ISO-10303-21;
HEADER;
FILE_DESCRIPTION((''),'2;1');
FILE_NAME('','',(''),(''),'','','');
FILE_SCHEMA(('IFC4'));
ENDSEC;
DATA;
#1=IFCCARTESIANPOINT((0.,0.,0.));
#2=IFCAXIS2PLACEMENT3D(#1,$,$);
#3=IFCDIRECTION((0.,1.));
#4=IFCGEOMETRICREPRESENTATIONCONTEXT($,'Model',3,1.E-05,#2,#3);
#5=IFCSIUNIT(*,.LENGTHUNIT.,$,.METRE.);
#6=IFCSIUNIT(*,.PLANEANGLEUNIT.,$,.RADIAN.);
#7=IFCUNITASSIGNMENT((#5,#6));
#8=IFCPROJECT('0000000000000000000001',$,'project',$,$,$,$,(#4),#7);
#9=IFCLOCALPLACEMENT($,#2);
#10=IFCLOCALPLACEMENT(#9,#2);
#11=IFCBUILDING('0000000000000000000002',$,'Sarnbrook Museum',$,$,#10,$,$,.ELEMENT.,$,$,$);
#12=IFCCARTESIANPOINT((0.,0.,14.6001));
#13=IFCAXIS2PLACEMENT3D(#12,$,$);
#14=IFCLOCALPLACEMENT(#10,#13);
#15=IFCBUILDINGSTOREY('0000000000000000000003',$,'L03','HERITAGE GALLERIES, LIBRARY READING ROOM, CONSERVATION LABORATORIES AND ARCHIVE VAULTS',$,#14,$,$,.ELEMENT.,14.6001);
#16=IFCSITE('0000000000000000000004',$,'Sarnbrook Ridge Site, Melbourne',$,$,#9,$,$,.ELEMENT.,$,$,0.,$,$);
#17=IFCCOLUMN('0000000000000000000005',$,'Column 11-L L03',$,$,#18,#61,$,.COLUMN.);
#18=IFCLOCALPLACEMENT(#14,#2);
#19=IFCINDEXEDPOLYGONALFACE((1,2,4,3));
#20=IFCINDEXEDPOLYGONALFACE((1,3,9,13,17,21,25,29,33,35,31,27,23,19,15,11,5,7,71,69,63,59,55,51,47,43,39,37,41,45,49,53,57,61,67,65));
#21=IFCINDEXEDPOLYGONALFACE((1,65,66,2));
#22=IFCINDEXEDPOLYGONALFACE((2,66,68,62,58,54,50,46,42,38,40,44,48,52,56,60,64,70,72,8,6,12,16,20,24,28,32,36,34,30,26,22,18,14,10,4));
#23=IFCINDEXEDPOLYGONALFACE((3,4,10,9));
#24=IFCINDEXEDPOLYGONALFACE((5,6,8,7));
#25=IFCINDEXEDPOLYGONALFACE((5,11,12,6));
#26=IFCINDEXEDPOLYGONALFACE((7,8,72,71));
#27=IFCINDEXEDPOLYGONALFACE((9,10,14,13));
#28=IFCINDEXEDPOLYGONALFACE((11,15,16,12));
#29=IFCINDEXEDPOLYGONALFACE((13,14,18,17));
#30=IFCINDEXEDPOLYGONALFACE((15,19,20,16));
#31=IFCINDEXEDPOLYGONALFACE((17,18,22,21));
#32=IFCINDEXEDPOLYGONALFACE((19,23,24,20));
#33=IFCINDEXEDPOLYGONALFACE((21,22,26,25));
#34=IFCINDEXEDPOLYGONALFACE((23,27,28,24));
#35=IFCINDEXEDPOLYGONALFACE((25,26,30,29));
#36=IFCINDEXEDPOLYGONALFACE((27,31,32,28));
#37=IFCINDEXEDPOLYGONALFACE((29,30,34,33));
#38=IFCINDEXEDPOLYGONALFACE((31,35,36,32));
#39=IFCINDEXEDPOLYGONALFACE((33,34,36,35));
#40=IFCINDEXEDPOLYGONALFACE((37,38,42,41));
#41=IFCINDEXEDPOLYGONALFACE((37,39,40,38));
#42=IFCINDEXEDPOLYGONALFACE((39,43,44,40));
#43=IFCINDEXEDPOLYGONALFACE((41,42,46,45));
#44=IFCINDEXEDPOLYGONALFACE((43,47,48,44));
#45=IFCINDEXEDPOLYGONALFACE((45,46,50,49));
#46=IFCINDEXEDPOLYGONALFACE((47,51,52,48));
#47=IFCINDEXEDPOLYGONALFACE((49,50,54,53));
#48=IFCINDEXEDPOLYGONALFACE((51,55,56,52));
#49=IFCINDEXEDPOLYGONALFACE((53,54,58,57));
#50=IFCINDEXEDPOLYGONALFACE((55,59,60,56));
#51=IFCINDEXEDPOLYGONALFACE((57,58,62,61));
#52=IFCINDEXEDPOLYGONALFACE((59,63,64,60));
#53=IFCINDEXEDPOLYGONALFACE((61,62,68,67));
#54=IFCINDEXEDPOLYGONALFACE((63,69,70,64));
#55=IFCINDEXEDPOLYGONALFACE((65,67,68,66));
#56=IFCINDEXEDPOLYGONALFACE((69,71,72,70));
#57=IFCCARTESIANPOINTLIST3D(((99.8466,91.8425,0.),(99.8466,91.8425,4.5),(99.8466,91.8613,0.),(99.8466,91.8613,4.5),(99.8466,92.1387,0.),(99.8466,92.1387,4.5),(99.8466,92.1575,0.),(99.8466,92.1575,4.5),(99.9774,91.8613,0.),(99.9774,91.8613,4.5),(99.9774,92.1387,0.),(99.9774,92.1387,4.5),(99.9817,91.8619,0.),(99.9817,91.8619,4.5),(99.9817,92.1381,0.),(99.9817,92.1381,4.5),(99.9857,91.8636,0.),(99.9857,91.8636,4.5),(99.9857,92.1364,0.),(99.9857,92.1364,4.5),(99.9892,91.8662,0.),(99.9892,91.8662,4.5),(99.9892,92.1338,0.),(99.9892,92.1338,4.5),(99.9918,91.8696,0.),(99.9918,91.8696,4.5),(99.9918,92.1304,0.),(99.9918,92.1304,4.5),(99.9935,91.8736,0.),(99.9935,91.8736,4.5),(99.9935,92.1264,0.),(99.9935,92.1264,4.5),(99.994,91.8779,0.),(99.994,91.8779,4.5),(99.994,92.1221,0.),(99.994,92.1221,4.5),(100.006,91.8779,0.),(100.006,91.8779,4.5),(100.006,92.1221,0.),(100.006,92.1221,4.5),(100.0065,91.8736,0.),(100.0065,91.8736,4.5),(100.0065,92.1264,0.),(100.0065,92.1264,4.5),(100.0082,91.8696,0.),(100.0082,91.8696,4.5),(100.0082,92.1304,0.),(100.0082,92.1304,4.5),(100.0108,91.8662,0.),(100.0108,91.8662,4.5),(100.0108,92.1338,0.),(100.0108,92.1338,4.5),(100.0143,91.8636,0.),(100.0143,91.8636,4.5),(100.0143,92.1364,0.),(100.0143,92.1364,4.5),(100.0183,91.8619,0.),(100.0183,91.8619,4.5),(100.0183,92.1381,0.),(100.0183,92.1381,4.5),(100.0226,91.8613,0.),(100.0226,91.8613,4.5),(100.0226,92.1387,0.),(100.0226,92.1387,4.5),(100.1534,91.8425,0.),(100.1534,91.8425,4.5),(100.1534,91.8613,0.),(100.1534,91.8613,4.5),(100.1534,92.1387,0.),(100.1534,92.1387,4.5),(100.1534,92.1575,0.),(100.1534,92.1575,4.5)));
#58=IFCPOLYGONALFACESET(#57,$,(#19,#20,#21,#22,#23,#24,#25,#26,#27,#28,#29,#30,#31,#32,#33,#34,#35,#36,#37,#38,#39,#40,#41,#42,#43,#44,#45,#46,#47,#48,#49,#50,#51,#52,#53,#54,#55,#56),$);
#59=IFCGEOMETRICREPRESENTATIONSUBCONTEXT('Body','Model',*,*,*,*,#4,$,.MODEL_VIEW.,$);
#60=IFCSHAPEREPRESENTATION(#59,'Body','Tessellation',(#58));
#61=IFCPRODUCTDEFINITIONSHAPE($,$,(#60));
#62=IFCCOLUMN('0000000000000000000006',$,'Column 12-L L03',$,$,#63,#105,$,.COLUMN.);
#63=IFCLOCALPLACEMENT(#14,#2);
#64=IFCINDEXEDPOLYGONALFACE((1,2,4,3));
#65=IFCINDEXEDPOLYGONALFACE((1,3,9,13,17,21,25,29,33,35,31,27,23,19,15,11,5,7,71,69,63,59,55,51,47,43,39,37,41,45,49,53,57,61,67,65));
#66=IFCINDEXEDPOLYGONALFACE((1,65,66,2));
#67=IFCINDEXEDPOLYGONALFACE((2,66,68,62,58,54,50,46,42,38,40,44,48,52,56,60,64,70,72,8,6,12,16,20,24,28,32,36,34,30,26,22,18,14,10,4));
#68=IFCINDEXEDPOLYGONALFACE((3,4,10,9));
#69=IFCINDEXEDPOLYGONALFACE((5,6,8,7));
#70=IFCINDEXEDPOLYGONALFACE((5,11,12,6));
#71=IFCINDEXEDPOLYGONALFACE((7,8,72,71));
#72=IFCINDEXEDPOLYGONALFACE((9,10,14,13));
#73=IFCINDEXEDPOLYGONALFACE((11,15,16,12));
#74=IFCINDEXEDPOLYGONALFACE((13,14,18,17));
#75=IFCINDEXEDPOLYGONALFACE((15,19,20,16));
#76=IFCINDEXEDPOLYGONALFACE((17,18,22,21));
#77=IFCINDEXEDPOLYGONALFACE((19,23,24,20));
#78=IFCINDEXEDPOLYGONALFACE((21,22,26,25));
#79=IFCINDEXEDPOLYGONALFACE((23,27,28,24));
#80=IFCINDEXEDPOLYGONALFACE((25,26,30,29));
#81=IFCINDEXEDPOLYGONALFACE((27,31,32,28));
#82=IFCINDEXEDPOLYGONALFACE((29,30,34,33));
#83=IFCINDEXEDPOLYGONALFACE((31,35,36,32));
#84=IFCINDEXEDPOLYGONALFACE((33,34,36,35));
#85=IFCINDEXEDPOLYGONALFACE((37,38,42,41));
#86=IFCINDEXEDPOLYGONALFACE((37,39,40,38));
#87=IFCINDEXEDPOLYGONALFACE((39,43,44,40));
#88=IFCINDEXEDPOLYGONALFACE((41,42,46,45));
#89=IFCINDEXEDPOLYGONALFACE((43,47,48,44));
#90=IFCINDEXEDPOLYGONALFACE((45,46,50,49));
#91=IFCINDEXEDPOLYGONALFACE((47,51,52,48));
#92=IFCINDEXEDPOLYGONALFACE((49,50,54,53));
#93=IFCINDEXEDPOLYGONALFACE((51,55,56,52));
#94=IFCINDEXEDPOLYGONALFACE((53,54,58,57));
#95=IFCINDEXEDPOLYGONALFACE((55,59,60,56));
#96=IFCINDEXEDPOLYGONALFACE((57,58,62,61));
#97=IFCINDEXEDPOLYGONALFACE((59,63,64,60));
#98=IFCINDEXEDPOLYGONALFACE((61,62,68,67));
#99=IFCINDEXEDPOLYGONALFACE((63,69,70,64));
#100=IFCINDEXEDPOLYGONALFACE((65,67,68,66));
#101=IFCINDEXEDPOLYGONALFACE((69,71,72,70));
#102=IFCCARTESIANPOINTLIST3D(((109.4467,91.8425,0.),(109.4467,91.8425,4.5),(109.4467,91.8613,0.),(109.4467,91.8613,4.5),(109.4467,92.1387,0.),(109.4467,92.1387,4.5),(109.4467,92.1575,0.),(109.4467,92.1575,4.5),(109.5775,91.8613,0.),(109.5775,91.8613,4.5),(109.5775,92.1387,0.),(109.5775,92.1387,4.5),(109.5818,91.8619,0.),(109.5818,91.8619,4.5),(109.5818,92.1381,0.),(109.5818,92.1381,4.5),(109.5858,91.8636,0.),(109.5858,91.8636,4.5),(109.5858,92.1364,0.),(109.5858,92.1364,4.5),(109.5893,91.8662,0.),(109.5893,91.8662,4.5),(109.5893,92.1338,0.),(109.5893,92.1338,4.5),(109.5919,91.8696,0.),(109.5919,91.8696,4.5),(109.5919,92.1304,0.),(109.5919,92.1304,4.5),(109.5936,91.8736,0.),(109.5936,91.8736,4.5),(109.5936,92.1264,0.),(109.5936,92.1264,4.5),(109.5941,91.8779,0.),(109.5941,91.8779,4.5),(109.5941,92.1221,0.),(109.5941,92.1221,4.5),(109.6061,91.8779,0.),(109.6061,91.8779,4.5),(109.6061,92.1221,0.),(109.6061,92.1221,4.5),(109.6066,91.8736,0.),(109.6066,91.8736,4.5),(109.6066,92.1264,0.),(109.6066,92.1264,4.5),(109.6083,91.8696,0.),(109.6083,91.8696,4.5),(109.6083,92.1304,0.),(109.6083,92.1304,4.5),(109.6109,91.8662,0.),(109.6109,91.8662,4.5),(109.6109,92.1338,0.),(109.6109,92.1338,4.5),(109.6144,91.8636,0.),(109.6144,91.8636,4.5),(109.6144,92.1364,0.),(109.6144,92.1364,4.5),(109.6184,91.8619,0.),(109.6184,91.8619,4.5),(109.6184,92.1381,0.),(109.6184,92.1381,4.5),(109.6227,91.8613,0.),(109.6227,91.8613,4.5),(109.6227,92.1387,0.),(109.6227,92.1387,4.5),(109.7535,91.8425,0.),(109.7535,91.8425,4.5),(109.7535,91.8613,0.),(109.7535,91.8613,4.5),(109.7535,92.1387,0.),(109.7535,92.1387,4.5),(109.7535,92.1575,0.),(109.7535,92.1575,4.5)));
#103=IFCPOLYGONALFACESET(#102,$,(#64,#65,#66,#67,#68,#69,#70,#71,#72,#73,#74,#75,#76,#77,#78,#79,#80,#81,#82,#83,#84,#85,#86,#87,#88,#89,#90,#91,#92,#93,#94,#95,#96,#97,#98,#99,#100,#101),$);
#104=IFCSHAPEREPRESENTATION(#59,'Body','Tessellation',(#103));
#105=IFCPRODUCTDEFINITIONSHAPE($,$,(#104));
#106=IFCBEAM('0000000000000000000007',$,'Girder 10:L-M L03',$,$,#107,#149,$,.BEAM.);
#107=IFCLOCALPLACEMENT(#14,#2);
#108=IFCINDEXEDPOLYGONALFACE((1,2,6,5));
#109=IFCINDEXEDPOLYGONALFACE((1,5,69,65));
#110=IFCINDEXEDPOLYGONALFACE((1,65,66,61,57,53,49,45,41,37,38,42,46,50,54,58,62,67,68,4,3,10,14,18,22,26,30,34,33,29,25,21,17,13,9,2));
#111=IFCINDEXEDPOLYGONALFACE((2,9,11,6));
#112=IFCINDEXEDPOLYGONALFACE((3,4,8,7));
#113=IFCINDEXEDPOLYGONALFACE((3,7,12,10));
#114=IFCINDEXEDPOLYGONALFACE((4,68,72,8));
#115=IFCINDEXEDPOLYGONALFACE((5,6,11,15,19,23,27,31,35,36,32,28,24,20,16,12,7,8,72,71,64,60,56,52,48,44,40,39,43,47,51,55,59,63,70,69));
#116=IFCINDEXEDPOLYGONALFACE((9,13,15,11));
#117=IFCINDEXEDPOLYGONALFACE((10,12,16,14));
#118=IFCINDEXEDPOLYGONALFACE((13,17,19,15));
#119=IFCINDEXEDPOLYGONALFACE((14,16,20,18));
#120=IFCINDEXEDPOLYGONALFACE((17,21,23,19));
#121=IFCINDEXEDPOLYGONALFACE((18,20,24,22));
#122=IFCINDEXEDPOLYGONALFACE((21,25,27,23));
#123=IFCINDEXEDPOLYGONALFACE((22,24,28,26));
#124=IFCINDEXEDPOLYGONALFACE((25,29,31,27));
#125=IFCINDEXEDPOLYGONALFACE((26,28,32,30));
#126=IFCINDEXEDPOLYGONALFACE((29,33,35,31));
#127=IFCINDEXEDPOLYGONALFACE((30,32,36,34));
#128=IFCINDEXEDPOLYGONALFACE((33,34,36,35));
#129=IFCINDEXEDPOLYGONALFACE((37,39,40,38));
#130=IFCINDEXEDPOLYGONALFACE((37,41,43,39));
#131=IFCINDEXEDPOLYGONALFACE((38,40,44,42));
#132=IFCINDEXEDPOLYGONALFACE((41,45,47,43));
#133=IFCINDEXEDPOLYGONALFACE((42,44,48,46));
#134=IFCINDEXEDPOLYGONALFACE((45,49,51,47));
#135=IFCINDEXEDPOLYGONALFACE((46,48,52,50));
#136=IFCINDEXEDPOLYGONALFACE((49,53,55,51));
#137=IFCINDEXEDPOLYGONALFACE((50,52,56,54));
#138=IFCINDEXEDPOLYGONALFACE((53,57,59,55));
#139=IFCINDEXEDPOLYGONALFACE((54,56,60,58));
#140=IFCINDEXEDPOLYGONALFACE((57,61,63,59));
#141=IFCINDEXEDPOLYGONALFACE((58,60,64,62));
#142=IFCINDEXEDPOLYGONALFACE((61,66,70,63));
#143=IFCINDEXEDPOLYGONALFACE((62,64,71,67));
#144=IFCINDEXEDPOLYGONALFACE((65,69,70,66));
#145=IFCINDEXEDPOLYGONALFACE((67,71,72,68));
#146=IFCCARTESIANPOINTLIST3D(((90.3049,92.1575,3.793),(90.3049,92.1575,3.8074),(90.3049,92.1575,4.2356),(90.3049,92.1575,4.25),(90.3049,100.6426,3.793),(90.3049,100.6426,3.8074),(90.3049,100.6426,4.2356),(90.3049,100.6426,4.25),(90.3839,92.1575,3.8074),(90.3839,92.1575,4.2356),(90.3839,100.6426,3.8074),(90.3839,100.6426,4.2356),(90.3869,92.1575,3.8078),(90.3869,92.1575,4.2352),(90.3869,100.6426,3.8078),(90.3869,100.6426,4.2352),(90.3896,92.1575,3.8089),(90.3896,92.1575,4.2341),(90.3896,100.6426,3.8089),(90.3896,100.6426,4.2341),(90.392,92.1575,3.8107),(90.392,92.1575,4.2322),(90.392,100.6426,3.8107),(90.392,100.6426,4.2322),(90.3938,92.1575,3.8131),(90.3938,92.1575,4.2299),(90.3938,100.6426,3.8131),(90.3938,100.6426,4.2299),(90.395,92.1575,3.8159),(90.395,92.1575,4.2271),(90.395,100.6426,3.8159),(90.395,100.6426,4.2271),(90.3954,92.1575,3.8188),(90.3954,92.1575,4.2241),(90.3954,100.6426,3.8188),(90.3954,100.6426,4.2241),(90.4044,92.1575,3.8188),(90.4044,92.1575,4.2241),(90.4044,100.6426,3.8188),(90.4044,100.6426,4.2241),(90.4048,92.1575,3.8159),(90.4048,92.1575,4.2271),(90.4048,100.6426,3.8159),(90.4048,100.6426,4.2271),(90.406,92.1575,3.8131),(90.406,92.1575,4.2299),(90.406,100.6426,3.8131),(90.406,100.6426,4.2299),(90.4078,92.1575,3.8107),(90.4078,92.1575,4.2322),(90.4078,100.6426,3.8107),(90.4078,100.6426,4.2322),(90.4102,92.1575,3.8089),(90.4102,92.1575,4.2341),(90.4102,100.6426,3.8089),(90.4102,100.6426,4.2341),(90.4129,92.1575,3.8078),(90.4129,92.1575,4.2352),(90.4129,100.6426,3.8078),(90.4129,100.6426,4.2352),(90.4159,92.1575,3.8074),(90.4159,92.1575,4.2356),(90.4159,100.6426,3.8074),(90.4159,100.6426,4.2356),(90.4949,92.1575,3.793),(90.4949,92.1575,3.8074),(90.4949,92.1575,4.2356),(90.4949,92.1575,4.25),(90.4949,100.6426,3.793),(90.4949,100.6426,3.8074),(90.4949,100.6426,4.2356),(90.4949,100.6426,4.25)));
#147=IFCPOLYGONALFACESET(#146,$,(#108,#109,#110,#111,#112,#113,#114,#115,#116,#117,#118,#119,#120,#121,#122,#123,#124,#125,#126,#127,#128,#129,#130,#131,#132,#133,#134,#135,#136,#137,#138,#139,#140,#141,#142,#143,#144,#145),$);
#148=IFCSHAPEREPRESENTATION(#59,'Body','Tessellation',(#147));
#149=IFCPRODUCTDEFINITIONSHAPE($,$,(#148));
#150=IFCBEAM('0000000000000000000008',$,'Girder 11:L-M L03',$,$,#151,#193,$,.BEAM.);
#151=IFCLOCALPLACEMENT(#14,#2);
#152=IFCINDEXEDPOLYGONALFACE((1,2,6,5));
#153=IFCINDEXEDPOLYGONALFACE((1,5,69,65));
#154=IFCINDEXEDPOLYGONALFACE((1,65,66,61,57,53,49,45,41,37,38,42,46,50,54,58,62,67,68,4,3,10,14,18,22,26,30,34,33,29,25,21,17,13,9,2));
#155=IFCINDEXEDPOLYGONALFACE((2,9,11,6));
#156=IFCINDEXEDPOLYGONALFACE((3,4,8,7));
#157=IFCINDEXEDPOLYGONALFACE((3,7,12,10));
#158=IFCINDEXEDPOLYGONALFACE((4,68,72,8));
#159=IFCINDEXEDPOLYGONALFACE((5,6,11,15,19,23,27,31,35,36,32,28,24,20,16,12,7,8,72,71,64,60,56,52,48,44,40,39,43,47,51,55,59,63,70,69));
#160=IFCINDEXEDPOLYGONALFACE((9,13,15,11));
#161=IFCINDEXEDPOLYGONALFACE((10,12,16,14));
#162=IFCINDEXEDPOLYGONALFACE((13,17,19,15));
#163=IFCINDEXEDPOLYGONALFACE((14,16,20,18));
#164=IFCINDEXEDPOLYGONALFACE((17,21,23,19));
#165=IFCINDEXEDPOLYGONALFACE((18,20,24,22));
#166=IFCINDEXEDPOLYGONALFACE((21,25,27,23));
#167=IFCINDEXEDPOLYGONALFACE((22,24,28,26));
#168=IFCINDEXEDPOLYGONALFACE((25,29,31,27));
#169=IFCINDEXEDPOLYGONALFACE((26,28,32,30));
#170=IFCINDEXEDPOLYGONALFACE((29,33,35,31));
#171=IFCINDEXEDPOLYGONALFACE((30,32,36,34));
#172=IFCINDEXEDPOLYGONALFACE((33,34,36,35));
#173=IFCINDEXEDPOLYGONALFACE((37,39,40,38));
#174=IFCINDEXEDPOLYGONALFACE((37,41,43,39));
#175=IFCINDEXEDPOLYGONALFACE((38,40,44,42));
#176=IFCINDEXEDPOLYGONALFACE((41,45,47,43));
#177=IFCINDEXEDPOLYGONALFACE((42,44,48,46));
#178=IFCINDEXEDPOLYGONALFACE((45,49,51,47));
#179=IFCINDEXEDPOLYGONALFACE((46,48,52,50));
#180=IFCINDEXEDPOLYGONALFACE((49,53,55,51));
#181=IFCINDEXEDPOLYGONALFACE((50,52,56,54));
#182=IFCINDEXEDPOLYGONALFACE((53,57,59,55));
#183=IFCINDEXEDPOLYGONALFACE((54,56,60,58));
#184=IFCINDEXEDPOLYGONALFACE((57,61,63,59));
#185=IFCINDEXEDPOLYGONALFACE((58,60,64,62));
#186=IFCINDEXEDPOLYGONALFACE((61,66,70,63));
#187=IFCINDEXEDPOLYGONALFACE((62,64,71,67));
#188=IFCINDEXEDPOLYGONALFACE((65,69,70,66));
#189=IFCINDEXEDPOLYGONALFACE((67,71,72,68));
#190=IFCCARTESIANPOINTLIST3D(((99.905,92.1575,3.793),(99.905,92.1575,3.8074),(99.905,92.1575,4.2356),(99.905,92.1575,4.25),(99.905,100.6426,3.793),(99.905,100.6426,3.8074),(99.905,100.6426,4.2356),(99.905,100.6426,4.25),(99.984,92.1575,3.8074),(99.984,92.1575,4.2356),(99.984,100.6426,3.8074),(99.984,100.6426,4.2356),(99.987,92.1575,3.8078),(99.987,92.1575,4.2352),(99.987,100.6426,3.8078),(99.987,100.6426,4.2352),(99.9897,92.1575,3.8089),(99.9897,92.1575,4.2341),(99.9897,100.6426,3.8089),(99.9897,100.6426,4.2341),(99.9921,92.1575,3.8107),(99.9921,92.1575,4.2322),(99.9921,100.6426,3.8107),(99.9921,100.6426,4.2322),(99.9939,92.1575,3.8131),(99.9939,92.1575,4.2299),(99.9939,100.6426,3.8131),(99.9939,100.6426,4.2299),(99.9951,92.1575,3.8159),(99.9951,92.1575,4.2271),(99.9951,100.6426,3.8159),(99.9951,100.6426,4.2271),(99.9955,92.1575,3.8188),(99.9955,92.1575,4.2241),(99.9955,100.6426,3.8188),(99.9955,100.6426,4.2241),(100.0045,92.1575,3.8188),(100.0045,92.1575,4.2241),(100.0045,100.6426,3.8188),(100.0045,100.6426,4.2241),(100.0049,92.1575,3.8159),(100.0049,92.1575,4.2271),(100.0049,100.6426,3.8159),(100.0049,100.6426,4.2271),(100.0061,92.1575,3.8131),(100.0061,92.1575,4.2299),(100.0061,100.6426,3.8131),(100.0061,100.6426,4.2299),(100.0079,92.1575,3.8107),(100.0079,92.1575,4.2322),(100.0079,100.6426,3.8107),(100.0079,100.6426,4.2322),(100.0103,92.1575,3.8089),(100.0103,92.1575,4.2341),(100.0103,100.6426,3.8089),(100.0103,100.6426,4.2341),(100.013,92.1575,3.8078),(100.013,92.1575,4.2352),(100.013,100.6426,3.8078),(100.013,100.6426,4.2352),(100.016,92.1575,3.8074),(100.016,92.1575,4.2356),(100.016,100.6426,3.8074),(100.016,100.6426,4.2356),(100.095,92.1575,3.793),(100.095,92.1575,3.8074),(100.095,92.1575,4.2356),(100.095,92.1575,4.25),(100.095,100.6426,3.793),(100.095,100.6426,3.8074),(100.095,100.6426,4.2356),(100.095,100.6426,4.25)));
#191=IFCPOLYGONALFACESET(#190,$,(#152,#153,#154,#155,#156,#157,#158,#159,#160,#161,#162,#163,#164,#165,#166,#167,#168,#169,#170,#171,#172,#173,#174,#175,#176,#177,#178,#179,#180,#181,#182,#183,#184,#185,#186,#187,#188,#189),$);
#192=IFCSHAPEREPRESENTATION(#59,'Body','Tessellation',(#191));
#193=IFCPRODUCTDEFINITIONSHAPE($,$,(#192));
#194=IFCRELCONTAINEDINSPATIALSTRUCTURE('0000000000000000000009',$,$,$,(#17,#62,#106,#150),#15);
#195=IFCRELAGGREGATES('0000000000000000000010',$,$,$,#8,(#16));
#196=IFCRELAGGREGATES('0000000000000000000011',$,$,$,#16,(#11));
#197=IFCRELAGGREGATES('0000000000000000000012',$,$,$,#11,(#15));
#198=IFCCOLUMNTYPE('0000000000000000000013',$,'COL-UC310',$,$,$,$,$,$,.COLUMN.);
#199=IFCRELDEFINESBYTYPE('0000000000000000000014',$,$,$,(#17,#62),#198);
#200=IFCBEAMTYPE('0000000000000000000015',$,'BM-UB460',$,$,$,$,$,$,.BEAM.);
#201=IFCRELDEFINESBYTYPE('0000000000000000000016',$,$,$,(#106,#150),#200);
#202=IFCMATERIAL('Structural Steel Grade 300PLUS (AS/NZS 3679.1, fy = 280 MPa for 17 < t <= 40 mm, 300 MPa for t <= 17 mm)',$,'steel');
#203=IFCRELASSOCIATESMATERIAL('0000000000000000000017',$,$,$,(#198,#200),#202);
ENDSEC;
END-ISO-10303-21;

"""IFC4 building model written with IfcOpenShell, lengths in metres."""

from ifc_helpers import new_model, si_unit, direction, frame, origin, origin_2d, place, context, subcontext, project, spatial, i_section, extrude, material, material_profile, profile_set, type_object, element, save


model = new_model("IFC4")

# Units and contexts
model_context = context("Model", 3, precision=1e-05, world=origin(), true_north=direction((0.0, 1.0)))
body_context = subcontext(model_context, "Body", "Model", "MODEL_VIEW")
ifc_project = project(units=[si_unit("LENGTHUNIT", "METRE"), si_unit("PLANEANGLEUNIT", "RADIAN")], contexts=[model_context])

# Site, building, storey
site_placement = place(None, origin())
site = spatial("IfcSite", under=ifc_project, at=site_placement, Name="Sarnbrook Ridge Site, Melbourne", CompositionType="ELEMENT", RefElevation=0.0)
building_placement = place(site_placement, origin())
building = spatial("IfcBuilding", under=site, at=building_placement, Name="Sarnbrook Museum", CompositionType="ELEMENT")
storey_placement = place(building_placement, frame((0.0, 0.0, 14.6001)))
storey = spatial("IfcBuildingStorey", under=building, at=storey_placement, Name="L03", Description="HERITAGE GALLERIES, LIBRARY READING ROOM, CONSERVATION LABORATORIES AND ARCHIVE VAULTS", CompositionType="ELEMENT", Elevation=14.6001)

# Columns
ifc_material_1 = material(Name="Structural Steel Grade 300PLUS (AS/NZS 3679.1, fy = 280 MPa for 17 < t <= 40 mm, 300 MPa for t <= 17 mm)", Category="steel")
ifc_material_profile_1 = material_profile(ifc_material_1, i_section(OverallWidth=0.3069, OverallDepth=0.3149, WebThickness=0.012, FlangeThickness=0.0188, FilletRadius=0.0166, at=origin_2d()), Name="310UC118")
ifc_profile_set_1 = profile_set([ifc_material_profile_1], Name="Structural Steel Grade 300PLUS (AS/NZS 3679.1, fy = 280 MPa for 17 < t <= 40 mm, 300 MPa for t <= 17 mm)")
column_type = type_object("IfcColumnType", Name="COL-UC310", PredefinedType="COLUMN", material=ifc_profile_set_1)
for number, where, z_axis, x_axis, name in (
    (1, (100.0, 92.0, 0.0), (0.0, 0.0, 1.0), (1.0, 0.0, 0.0), "Column 11-L L03"),
    (2, (109.6001, 92.0, 0.0), (0.0, 0.0, 1.0), (1.0, 0.0, 0.0), "Column 12-L L03"),
):
    element("IfcColumn", number, at=place(storey_placement, frame(where, z_axis=z_axis, x_axis=x_axis)), inside=storey, type_object=column_type, Name=name, PredefinedType="COLUMN", context=body_context, shape_type="SweptSolid", body=[
        extrude(i_section(OverallWidth=0.3069, OverallDepth=0.3149, WebThickness=0.012, FlangeThickness=0.0188, FilletRadius=0.0166, at=origin_2d()), origin(), (0.0, 0.0, 1.0), 4.5),
    ])

# Beams
ifc_material_profile_2 = material_profile(ifc_material_1, i_section(OverallWidth=0.1899, OverallDepth=0.457, WebThickness=0.009, FlangeThickness=0.0144, FilletRadius=0.0115, at=origin_2d()), Name="460UB74.6")
ifc_profile_set_2 = profile_set([ifc_material_profile_2], Name="Structural Steel Grade 300PLUS (AS/NZS 3679.1, fy = 280 MPa for 17 < t <= 40 mm, 300 MPa for t <= 17 mm)")
beam_type_1 = type_object("IfcBeamType", Name="BM-UB460", PredefinedType="BEAM", material=ifc_profile_set_2)
for number, where, z_axis, x_axis, name in (
    (3, (90.3999, 92.1575, 4.0215), (0.0, 1.0, 0.0), (-1.0, 0.0, 0.0), "Girder 10:L-M L03"),
    (4, (100.0, 92.1575, 4.0215), (0.0, 1.0, 0.0), (-1.0, 0.0, 0.0), "Girder 11:L-M L03"),
):
    element("IfcBeam", number, at=place(storey_placement, frame(where, z_axis=z_axis, x_axis=x_axis)), inside=storey, type_object=beam_type_1, Name=name, PredefinedType="BEAM", context=body_context, shape_type="SweptSolid", body=[
        extrude(i_section(OverallWidth=0.1899, OverallDepth=0.457, WebThickness=0.009, FlangeThickness=0.0144, FilletRadius=0.0115, at=origin_2d()), origin(), (0.0, 0.0, 1.0), 8.4851),
    ])

save(model, "model.ifc")
